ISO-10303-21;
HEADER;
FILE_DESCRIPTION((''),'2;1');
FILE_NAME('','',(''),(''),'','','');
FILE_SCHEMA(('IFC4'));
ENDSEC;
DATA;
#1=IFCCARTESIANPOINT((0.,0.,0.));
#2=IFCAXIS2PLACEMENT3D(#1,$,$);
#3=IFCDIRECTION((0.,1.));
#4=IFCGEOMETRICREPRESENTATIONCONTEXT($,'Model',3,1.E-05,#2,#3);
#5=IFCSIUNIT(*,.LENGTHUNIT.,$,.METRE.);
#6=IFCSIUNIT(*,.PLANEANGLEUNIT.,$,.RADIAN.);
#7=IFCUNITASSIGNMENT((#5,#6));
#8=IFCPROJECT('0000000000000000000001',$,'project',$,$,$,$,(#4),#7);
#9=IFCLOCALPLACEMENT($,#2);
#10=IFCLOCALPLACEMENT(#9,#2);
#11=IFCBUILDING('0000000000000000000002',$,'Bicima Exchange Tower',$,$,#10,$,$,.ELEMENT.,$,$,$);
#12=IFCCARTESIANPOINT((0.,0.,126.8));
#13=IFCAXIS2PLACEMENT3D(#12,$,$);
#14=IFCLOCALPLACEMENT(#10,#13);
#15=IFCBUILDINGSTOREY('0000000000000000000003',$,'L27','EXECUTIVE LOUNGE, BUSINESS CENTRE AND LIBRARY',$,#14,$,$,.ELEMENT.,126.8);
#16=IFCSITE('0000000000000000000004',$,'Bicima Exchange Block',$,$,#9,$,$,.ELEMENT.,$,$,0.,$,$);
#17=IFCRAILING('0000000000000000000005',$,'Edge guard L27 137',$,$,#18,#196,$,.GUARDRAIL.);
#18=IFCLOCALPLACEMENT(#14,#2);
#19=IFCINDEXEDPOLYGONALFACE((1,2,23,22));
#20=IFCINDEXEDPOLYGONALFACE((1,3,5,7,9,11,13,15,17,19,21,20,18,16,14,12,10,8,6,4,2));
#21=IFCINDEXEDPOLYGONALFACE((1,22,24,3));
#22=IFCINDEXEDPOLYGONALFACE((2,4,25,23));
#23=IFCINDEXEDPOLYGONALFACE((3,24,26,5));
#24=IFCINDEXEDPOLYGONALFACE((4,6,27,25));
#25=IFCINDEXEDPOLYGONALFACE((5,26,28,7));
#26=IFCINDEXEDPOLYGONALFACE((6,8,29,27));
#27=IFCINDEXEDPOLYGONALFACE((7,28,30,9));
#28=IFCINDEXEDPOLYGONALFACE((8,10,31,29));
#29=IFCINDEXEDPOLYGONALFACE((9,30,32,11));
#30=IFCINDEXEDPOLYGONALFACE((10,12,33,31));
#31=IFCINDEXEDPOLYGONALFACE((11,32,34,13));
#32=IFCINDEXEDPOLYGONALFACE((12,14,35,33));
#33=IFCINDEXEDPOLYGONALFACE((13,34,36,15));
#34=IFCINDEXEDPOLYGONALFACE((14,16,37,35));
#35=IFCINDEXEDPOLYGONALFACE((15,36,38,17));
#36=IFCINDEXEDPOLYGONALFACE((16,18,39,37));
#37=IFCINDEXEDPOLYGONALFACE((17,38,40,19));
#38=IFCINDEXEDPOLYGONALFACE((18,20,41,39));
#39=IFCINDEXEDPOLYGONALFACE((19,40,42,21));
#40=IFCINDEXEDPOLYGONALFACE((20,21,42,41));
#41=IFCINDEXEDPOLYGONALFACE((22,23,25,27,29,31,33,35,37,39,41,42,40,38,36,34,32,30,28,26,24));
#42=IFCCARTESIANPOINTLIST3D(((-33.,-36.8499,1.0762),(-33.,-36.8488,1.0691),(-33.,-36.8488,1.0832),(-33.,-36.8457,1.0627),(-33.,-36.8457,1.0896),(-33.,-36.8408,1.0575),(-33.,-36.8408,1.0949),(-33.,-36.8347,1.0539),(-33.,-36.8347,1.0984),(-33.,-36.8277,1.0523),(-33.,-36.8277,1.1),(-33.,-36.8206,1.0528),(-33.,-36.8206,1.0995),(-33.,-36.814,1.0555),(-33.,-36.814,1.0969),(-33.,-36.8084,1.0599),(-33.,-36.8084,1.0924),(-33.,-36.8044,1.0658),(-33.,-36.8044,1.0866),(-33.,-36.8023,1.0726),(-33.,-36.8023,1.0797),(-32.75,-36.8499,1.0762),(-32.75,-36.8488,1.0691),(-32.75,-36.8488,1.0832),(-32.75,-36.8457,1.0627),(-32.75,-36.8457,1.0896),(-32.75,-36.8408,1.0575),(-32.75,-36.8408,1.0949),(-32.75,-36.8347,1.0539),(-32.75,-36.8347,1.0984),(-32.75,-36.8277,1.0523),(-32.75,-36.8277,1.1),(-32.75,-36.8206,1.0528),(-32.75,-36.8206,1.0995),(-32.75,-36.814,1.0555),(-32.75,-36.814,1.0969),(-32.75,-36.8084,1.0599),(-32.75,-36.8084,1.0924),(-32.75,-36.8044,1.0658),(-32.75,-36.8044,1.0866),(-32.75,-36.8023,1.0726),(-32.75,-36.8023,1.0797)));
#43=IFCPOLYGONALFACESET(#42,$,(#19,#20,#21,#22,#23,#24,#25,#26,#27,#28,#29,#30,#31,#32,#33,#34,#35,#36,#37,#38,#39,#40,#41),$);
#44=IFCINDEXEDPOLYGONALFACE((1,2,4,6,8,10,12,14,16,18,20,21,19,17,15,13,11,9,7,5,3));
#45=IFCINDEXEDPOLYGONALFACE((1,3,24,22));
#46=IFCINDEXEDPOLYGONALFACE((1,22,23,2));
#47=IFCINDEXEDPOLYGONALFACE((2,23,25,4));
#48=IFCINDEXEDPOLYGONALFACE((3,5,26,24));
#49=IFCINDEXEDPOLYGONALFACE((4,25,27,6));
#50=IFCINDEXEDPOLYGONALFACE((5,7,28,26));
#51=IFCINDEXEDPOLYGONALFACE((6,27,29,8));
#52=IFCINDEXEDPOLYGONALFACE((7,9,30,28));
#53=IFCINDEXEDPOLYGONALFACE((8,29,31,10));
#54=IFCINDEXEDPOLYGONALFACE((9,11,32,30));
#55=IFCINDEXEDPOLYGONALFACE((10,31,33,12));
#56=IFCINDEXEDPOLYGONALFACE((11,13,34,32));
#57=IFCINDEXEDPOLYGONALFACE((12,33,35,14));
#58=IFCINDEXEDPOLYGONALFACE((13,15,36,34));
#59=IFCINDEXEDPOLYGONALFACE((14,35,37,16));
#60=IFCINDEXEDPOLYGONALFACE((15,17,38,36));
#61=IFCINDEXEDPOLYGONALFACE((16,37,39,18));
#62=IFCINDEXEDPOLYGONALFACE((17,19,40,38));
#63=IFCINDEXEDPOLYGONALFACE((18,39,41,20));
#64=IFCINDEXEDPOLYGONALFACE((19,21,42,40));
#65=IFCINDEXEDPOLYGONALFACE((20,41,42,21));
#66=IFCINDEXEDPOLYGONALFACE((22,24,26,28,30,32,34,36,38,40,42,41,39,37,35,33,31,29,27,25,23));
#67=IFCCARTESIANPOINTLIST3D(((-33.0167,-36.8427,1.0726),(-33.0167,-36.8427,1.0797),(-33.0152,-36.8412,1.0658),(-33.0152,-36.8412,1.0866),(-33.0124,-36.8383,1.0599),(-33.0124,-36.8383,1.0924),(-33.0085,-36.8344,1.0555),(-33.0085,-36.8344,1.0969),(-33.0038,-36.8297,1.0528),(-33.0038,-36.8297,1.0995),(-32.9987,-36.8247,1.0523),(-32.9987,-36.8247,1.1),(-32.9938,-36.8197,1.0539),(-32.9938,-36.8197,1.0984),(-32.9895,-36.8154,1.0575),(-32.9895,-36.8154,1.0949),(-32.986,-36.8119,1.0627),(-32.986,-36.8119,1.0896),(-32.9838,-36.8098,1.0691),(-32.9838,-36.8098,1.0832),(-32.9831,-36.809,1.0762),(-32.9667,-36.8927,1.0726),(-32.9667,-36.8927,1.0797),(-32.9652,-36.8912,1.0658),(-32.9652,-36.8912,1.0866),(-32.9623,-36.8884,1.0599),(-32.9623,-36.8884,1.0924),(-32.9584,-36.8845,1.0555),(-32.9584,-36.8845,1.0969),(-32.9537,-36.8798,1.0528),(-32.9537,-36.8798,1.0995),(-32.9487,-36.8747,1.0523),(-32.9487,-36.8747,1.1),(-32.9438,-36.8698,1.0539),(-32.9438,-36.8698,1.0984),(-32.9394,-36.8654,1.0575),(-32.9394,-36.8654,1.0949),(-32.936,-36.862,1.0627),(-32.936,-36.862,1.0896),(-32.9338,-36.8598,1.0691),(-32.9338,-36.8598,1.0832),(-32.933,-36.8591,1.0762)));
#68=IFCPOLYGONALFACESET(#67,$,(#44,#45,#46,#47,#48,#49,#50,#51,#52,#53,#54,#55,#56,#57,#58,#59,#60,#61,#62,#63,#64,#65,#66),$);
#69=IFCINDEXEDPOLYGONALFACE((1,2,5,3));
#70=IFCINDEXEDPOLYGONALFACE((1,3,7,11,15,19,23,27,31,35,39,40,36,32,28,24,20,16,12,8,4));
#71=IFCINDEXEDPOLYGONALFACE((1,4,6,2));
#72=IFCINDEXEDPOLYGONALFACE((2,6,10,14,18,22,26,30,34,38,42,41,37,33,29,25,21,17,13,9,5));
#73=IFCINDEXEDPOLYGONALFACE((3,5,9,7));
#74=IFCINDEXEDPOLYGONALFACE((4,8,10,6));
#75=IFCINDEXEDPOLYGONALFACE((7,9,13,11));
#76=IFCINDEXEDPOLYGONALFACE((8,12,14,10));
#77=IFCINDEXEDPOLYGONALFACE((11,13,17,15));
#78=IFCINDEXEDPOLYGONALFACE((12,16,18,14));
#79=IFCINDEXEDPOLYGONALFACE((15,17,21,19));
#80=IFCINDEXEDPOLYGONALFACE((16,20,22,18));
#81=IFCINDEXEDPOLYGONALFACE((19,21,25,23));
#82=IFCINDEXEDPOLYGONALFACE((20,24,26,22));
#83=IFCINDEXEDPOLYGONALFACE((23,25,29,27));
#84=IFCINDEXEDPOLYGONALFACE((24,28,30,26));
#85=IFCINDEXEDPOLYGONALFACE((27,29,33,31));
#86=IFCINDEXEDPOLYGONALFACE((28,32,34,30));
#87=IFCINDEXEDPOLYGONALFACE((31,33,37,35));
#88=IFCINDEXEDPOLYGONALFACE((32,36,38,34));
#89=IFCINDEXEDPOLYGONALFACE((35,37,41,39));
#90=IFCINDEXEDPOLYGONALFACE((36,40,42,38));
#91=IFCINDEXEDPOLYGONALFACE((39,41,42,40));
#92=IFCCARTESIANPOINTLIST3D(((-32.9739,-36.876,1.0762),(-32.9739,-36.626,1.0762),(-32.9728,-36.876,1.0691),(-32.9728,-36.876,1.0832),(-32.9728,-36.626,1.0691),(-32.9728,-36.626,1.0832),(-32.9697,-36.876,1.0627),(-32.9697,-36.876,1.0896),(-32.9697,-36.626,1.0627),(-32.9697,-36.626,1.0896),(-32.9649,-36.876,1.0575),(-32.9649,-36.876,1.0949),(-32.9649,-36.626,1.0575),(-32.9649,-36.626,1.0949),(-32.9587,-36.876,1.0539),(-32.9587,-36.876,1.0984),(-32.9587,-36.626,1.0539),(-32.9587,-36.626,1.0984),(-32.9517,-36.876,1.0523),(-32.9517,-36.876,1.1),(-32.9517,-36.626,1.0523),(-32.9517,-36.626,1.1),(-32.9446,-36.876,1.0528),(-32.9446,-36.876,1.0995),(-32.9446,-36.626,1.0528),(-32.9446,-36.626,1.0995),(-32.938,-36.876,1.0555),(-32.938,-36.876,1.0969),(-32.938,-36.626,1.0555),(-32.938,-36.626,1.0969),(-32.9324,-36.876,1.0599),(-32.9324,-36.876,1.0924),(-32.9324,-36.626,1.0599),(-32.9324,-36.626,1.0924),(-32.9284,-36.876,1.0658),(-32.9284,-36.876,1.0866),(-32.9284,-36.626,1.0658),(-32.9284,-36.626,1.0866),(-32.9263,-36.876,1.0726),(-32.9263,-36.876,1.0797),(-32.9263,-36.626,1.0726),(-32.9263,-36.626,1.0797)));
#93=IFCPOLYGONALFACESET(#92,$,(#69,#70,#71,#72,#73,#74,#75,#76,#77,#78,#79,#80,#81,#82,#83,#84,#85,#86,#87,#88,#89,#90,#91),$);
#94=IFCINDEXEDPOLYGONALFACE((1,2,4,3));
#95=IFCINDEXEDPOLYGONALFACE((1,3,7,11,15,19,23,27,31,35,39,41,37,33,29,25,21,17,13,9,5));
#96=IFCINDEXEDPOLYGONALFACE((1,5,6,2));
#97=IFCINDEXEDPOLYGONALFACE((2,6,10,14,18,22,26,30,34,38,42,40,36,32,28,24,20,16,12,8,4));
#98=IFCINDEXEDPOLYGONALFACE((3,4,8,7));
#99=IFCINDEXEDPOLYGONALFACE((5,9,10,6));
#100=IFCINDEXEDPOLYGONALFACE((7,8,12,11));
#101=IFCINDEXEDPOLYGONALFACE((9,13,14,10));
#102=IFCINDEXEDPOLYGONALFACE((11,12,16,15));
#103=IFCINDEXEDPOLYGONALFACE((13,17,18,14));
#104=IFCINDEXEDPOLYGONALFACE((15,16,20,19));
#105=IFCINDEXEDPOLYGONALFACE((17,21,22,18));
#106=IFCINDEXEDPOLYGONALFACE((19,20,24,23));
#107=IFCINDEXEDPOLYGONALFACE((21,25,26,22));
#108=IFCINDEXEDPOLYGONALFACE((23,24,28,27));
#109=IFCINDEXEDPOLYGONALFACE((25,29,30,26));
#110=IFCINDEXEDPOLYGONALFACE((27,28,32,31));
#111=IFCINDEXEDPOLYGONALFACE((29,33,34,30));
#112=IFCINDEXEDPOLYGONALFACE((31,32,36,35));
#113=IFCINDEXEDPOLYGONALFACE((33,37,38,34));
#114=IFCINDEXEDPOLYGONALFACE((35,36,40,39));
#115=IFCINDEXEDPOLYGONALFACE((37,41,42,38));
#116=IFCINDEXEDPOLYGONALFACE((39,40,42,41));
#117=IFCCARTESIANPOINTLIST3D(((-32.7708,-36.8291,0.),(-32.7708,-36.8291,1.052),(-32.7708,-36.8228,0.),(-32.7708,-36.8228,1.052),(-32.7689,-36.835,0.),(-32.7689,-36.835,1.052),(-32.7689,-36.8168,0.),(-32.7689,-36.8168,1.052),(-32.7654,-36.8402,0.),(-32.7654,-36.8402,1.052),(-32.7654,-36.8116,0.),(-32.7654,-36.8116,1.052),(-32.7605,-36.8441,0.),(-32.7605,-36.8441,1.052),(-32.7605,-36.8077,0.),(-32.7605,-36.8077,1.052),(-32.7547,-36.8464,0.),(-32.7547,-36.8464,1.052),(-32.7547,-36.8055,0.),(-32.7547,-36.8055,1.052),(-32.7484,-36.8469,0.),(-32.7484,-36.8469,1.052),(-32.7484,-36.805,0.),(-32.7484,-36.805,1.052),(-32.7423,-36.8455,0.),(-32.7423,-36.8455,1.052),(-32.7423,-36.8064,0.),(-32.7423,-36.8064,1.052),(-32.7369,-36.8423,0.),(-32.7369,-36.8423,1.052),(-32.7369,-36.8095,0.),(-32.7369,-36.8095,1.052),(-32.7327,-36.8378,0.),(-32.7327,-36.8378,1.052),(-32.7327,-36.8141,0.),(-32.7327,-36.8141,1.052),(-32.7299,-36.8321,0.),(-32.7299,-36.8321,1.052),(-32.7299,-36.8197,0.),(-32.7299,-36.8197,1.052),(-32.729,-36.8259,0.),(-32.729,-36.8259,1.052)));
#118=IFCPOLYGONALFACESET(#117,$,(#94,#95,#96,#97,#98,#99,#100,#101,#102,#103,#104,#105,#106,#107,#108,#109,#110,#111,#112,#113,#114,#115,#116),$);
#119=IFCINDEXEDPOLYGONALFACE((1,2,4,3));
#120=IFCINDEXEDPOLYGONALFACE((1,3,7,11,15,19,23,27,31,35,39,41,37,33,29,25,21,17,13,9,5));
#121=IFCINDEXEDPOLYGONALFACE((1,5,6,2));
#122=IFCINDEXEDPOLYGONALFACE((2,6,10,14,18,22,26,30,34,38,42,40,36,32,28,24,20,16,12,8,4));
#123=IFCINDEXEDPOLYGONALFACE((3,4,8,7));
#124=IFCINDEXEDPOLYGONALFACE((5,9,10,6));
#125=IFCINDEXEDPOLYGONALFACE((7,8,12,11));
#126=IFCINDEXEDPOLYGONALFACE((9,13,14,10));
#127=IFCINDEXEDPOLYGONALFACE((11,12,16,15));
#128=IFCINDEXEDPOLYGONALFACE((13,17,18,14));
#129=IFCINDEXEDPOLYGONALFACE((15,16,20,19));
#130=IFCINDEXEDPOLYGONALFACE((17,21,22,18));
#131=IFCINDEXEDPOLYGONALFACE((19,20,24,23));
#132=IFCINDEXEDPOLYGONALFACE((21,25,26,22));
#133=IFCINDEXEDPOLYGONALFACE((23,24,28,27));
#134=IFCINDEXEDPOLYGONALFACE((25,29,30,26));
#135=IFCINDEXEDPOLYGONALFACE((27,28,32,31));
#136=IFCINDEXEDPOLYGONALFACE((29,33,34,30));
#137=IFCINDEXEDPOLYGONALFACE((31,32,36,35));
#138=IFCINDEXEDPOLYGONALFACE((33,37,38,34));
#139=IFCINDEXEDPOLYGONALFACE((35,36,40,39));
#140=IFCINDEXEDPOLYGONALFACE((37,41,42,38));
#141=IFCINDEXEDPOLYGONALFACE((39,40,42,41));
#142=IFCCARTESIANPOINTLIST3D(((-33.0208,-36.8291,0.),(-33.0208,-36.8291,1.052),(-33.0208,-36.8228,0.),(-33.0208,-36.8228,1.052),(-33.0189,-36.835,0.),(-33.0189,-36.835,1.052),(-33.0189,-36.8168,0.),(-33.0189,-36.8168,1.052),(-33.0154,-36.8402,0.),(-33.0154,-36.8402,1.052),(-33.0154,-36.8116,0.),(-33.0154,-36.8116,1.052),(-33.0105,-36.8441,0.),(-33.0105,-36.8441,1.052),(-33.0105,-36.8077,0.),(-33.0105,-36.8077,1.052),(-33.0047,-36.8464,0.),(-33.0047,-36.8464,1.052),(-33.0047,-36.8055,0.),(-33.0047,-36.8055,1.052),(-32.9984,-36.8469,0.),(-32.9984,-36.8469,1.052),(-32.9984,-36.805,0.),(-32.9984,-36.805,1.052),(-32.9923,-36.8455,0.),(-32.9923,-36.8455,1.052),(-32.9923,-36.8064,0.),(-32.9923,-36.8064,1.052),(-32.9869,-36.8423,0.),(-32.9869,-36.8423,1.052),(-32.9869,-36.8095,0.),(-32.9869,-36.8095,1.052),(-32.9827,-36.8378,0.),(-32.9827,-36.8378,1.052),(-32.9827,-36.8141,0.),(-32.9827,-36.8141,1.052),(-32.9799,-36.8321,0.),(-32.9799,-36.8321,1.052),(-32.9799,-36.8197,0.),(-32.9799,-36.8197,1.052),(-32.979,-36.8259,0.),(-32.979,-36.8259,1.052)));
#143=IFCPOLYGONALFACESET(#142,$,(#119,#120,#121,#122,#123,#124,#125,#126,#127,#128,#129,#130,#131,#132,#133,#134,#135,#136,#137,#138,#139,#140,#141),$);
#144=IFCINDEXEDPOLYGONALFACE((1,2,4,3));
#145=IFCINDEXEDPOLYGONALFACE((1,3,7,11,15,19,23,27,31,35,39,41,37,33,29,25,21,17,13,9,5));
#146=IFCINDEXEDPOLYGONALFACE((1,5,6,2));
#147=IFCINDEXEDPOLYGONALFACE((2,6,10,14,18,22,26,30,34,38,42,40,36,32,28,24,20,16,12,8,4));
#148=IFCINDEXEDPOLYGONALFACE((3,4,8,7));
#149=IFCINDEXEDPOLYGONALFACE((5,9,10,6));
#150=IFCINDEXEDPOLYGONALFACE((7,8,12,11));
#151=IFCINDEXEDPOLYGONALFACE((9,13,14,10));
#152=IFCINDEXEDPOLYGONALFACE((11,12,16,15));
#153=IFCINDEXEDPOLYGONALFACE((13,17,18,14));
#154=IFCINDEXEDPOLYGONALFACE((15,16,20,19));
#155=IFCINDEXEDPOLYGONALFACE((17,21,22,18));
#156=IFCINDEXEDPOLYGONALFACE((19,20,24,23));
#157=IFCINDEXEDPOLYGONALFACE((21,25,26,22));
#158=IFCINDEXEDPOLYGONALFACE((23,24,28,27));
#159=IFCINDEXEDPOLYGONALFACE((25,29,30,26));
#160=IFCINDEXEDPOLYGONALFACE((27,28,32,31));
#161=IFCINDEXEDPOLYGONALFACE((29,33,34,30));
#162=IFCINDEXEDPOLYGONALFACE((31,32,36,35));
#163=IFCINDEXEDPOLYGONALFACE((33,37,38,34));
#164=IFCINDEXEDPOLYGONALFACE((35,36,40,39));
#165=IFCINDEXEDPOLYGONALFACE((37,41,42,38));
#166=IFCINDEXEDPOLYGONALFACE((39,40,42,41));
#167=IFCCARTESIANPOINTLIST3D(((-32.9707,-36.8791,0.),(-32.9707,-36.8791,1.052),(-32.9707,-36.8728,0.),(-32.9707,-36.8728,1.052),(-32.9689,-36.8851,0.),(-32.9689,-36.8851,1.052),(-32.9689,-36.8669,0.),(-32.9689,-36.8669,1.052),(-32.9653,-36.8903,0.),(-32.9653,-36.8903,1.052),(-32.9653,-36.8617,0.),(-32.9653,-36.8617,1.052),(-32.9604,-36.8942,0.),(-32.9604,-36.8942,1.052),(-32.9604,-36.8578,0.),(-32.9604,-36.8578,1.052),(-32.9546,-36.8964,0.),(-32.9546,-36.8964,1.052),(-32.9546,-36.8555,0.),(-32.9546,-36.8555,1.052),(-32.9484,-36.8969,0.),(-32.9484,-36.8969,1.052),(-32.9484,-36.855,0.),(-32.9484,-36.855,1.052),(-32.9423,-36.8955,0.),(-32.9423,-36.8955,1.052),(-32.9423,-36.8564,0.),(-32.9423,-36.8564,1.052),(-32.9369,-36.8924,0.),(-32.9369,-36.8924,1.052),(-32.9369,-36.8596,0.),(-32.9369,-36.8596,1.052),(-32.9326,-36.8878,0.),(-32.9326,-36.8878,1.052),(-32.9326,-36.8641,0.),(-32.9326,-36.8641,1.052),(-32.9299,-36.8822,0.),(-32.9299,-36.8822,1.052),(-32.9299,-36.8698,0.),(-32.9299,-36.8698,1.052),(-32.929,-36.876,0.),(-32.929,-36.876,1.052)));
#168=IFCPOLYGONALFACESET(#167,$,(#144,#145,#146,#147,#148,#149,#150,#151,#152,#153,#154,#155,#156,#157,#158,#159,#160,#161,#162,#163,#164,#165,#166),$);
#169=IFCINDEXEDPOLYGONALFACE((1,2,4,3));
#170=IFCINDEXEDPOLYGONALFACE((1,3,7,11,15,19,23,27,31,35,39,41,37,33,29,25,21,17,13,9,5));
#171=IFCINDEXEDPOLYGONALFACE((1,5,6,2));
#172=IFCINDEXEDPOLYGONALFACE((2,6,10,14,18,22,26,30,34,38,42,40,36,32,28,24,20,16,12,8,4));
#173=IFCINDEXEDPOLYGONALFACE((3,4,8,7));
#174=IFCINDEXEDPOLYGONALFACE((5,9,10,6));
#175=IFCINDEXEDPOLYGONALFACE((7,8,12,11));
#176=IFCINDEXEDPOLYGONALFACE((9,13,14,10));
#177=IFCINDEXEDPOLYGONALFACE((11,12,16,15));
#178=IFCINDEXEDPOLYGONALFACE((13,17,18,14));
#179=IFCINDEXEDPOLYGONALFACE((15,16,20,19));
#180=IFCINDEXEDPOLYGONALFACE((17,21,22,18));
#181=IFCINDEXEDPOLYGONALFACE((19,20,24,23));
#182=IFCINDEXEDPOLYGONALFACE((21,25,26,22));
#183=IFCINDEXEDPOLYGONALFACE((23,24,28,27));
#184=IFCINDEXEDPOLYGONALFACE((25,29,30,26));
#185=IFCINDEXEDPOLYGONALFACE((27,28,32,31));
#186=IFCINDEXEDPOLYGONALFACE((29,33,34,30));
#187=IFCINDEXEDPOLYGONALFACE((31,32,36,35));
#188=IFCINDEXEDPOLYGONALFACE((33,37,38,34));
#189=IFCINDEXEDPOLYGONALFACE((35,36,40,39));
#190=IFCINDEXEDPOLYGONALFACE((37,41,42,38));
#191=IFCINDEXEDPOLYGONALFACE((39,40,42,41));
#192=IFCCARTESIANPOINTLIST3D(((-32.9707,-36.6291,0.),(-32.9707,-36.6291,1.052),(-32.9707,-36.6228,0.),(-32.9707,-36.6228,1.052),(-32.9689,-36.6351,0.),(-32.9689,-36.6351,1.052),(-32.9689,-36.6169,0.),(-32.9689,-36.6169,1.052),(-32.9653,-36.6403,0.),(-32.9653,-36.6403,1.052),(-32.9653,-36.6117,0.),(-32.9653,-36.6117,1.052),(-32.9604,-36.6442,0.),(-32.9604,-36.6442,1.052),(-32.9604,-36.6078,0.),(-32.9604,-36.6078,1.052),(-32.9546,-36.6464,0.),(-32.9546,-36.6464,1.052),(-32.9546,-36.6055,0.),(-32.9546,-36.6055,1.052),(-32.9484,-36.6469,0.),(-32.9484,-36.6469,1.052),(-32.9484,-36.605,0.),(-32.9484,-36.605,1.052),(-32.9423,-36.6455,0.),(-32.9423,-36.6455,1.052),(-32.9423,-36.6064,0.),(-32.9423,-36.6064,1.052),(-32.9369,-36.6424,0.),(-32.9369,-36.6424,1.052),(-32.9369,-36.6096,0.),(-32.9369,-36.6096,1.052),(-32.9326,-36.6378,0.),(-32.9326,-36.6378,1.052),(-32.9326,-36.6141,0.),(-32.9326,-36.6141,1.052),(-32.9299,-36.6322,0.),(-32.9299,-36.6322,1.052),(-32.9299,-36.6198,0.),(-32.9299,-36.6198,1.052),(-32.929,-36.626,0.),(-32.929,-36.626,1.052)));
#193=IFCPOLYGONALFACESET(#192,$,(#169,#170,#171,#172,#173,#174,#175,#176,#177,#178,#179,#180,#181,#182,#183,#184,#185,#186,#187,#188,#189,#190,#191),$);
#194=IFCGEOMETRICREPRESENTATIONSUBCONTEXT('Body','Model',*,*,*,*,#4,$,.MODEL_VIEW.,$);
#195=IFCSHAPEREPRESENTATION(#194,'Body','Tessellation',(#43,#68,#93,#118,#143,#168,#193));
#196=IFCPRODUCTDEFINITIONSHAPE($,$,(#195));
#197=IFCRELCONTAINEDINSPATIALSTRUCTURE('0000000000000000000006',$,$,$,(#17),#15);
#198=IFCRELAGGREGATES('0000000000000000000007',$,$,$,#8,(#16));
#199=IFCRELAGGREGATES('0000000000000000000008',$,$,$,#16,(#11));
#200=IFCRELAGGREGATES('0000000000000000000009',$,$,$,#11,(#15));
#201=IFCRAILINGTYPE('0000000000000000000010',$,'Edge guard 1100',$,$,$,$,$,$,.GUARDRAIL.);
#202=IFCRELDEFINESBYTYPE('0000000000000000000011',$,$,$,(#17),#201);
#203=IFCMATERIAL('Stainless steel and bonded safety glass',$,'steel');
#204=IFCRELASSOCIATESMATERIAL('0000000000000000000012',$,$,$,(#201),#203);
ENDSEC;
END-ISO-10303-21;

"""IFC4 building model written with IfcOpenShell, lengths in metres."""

from ifc_helpers import new_model, si_unit, direction, frame, origin, origin_2d, place, context, subcontext, project, spatial, circle, extrude, material, type_object, element, save


model = new_model("IFC4")

# Units and contexts
model_context = context("Model", 3, precision=1e-05, world=origin(), true_north=direction((0.0, 1.0)))
body_context = subcontext(model_context, "Body", "Model", "MODEL_VIEW")
ifc_project = project(units=[si_unit("LENGTHUNIT", "METRE"), si_unit("PLANEANGLEUNIT", "RADIAN")], contexts=[model_context])

# Site, building, storey
site_placement = place(None, origin())
site = spatial("IfcSite", under=ifc_project, at=site_placement, Name="Bicima Exchange Block", CompositionType="ELEMENT", RefElevation=0.0)
building_placement = place(site_placement, origin())
building = spatial("IfcBuilding", under=site, at=building_placement, Name="Bicima Exchange Tower", CompositionType="ELEMENT")
storey_placement = place(building_placement, frame((0.0, 0.0, 126.8)))
storey = spatial("IfcBuildingStorey", under=building, at=storey_placement, Name="L27", Description="EXECUTIVE LOUNGE, BUSINESS CENTRE AND LIBRARY", CompositionType="ELEMENT", Elevation=126.8)

# Railing
ifc_material_1 = material(Name="Stainless steel and bonded safety glass", Category="steel")
railing_type = type_object("IfcRailingType", Name="Edge guard 1100", PredefinedType="GUARDRAIL", material=ifc_material_1)
railing_1_placement = place(storey_placement, frame((-32.75, -36.8259, 0.0)))
element("IfcRailing", 1, at=railing_1_placement, inside=storey, type_object=railing_type, Name="Edge guard L27 137", PredefinedType="GUARDRAIL", context=body_context, shape_type="SweptSolid", body=[
    extrude(circle(Radius=0.0239, at=origin_2d()), frame((0.0, 0.0, 1.0762), z_axis=(-1.0, 0.0, 0.0), x_axis=(0.0, -1.0, 0.0)), (0.0, 0.0, 1.0), 0.25),
    extrude(circle(Radius=0.0239, at=origin_2d()), frame((-0.25, 0.0, 1.0762), z_axis=(0.707107, -0.707107, 0.0), x_axis=(0.707107, 0.707107, 0.0)), (0.0, 0.0, 1.0), 0.0708),
    extrude(circle(Radius=0.0239, at=origin_2d()), frame((-0.2, -0.05, 1.0762), z_axis=(0.0, 1.0, 0.0), x_axis=(-1.0, 0.0, 0.0)), (0.0, 0.0, 1.0), 0.25),
    extrude(circle(Radius=0.021, at=origin_2d()), origin(), (0.0, 0.0, 1.0), 1.052),
    extrude(circle(Radius=0.021, at=origin_2d()), frame((-0.25, 0.0, 0.0)), (0.0, 0.0, 1.0), 1.052),
    extrude(circle(Radius=0.021, at=origin_2d()), frame((-0.2, -0.05, 0.0)), (0.0, 0.0, 1.0), 1.052),
    extrude(circle(Radius=0.021, at=origin_2d()), frame((-0.2, 0.2, 0.0)), (0.0, 0.0, 1.0), 1.052),
])

save(model, "model.ifc")
